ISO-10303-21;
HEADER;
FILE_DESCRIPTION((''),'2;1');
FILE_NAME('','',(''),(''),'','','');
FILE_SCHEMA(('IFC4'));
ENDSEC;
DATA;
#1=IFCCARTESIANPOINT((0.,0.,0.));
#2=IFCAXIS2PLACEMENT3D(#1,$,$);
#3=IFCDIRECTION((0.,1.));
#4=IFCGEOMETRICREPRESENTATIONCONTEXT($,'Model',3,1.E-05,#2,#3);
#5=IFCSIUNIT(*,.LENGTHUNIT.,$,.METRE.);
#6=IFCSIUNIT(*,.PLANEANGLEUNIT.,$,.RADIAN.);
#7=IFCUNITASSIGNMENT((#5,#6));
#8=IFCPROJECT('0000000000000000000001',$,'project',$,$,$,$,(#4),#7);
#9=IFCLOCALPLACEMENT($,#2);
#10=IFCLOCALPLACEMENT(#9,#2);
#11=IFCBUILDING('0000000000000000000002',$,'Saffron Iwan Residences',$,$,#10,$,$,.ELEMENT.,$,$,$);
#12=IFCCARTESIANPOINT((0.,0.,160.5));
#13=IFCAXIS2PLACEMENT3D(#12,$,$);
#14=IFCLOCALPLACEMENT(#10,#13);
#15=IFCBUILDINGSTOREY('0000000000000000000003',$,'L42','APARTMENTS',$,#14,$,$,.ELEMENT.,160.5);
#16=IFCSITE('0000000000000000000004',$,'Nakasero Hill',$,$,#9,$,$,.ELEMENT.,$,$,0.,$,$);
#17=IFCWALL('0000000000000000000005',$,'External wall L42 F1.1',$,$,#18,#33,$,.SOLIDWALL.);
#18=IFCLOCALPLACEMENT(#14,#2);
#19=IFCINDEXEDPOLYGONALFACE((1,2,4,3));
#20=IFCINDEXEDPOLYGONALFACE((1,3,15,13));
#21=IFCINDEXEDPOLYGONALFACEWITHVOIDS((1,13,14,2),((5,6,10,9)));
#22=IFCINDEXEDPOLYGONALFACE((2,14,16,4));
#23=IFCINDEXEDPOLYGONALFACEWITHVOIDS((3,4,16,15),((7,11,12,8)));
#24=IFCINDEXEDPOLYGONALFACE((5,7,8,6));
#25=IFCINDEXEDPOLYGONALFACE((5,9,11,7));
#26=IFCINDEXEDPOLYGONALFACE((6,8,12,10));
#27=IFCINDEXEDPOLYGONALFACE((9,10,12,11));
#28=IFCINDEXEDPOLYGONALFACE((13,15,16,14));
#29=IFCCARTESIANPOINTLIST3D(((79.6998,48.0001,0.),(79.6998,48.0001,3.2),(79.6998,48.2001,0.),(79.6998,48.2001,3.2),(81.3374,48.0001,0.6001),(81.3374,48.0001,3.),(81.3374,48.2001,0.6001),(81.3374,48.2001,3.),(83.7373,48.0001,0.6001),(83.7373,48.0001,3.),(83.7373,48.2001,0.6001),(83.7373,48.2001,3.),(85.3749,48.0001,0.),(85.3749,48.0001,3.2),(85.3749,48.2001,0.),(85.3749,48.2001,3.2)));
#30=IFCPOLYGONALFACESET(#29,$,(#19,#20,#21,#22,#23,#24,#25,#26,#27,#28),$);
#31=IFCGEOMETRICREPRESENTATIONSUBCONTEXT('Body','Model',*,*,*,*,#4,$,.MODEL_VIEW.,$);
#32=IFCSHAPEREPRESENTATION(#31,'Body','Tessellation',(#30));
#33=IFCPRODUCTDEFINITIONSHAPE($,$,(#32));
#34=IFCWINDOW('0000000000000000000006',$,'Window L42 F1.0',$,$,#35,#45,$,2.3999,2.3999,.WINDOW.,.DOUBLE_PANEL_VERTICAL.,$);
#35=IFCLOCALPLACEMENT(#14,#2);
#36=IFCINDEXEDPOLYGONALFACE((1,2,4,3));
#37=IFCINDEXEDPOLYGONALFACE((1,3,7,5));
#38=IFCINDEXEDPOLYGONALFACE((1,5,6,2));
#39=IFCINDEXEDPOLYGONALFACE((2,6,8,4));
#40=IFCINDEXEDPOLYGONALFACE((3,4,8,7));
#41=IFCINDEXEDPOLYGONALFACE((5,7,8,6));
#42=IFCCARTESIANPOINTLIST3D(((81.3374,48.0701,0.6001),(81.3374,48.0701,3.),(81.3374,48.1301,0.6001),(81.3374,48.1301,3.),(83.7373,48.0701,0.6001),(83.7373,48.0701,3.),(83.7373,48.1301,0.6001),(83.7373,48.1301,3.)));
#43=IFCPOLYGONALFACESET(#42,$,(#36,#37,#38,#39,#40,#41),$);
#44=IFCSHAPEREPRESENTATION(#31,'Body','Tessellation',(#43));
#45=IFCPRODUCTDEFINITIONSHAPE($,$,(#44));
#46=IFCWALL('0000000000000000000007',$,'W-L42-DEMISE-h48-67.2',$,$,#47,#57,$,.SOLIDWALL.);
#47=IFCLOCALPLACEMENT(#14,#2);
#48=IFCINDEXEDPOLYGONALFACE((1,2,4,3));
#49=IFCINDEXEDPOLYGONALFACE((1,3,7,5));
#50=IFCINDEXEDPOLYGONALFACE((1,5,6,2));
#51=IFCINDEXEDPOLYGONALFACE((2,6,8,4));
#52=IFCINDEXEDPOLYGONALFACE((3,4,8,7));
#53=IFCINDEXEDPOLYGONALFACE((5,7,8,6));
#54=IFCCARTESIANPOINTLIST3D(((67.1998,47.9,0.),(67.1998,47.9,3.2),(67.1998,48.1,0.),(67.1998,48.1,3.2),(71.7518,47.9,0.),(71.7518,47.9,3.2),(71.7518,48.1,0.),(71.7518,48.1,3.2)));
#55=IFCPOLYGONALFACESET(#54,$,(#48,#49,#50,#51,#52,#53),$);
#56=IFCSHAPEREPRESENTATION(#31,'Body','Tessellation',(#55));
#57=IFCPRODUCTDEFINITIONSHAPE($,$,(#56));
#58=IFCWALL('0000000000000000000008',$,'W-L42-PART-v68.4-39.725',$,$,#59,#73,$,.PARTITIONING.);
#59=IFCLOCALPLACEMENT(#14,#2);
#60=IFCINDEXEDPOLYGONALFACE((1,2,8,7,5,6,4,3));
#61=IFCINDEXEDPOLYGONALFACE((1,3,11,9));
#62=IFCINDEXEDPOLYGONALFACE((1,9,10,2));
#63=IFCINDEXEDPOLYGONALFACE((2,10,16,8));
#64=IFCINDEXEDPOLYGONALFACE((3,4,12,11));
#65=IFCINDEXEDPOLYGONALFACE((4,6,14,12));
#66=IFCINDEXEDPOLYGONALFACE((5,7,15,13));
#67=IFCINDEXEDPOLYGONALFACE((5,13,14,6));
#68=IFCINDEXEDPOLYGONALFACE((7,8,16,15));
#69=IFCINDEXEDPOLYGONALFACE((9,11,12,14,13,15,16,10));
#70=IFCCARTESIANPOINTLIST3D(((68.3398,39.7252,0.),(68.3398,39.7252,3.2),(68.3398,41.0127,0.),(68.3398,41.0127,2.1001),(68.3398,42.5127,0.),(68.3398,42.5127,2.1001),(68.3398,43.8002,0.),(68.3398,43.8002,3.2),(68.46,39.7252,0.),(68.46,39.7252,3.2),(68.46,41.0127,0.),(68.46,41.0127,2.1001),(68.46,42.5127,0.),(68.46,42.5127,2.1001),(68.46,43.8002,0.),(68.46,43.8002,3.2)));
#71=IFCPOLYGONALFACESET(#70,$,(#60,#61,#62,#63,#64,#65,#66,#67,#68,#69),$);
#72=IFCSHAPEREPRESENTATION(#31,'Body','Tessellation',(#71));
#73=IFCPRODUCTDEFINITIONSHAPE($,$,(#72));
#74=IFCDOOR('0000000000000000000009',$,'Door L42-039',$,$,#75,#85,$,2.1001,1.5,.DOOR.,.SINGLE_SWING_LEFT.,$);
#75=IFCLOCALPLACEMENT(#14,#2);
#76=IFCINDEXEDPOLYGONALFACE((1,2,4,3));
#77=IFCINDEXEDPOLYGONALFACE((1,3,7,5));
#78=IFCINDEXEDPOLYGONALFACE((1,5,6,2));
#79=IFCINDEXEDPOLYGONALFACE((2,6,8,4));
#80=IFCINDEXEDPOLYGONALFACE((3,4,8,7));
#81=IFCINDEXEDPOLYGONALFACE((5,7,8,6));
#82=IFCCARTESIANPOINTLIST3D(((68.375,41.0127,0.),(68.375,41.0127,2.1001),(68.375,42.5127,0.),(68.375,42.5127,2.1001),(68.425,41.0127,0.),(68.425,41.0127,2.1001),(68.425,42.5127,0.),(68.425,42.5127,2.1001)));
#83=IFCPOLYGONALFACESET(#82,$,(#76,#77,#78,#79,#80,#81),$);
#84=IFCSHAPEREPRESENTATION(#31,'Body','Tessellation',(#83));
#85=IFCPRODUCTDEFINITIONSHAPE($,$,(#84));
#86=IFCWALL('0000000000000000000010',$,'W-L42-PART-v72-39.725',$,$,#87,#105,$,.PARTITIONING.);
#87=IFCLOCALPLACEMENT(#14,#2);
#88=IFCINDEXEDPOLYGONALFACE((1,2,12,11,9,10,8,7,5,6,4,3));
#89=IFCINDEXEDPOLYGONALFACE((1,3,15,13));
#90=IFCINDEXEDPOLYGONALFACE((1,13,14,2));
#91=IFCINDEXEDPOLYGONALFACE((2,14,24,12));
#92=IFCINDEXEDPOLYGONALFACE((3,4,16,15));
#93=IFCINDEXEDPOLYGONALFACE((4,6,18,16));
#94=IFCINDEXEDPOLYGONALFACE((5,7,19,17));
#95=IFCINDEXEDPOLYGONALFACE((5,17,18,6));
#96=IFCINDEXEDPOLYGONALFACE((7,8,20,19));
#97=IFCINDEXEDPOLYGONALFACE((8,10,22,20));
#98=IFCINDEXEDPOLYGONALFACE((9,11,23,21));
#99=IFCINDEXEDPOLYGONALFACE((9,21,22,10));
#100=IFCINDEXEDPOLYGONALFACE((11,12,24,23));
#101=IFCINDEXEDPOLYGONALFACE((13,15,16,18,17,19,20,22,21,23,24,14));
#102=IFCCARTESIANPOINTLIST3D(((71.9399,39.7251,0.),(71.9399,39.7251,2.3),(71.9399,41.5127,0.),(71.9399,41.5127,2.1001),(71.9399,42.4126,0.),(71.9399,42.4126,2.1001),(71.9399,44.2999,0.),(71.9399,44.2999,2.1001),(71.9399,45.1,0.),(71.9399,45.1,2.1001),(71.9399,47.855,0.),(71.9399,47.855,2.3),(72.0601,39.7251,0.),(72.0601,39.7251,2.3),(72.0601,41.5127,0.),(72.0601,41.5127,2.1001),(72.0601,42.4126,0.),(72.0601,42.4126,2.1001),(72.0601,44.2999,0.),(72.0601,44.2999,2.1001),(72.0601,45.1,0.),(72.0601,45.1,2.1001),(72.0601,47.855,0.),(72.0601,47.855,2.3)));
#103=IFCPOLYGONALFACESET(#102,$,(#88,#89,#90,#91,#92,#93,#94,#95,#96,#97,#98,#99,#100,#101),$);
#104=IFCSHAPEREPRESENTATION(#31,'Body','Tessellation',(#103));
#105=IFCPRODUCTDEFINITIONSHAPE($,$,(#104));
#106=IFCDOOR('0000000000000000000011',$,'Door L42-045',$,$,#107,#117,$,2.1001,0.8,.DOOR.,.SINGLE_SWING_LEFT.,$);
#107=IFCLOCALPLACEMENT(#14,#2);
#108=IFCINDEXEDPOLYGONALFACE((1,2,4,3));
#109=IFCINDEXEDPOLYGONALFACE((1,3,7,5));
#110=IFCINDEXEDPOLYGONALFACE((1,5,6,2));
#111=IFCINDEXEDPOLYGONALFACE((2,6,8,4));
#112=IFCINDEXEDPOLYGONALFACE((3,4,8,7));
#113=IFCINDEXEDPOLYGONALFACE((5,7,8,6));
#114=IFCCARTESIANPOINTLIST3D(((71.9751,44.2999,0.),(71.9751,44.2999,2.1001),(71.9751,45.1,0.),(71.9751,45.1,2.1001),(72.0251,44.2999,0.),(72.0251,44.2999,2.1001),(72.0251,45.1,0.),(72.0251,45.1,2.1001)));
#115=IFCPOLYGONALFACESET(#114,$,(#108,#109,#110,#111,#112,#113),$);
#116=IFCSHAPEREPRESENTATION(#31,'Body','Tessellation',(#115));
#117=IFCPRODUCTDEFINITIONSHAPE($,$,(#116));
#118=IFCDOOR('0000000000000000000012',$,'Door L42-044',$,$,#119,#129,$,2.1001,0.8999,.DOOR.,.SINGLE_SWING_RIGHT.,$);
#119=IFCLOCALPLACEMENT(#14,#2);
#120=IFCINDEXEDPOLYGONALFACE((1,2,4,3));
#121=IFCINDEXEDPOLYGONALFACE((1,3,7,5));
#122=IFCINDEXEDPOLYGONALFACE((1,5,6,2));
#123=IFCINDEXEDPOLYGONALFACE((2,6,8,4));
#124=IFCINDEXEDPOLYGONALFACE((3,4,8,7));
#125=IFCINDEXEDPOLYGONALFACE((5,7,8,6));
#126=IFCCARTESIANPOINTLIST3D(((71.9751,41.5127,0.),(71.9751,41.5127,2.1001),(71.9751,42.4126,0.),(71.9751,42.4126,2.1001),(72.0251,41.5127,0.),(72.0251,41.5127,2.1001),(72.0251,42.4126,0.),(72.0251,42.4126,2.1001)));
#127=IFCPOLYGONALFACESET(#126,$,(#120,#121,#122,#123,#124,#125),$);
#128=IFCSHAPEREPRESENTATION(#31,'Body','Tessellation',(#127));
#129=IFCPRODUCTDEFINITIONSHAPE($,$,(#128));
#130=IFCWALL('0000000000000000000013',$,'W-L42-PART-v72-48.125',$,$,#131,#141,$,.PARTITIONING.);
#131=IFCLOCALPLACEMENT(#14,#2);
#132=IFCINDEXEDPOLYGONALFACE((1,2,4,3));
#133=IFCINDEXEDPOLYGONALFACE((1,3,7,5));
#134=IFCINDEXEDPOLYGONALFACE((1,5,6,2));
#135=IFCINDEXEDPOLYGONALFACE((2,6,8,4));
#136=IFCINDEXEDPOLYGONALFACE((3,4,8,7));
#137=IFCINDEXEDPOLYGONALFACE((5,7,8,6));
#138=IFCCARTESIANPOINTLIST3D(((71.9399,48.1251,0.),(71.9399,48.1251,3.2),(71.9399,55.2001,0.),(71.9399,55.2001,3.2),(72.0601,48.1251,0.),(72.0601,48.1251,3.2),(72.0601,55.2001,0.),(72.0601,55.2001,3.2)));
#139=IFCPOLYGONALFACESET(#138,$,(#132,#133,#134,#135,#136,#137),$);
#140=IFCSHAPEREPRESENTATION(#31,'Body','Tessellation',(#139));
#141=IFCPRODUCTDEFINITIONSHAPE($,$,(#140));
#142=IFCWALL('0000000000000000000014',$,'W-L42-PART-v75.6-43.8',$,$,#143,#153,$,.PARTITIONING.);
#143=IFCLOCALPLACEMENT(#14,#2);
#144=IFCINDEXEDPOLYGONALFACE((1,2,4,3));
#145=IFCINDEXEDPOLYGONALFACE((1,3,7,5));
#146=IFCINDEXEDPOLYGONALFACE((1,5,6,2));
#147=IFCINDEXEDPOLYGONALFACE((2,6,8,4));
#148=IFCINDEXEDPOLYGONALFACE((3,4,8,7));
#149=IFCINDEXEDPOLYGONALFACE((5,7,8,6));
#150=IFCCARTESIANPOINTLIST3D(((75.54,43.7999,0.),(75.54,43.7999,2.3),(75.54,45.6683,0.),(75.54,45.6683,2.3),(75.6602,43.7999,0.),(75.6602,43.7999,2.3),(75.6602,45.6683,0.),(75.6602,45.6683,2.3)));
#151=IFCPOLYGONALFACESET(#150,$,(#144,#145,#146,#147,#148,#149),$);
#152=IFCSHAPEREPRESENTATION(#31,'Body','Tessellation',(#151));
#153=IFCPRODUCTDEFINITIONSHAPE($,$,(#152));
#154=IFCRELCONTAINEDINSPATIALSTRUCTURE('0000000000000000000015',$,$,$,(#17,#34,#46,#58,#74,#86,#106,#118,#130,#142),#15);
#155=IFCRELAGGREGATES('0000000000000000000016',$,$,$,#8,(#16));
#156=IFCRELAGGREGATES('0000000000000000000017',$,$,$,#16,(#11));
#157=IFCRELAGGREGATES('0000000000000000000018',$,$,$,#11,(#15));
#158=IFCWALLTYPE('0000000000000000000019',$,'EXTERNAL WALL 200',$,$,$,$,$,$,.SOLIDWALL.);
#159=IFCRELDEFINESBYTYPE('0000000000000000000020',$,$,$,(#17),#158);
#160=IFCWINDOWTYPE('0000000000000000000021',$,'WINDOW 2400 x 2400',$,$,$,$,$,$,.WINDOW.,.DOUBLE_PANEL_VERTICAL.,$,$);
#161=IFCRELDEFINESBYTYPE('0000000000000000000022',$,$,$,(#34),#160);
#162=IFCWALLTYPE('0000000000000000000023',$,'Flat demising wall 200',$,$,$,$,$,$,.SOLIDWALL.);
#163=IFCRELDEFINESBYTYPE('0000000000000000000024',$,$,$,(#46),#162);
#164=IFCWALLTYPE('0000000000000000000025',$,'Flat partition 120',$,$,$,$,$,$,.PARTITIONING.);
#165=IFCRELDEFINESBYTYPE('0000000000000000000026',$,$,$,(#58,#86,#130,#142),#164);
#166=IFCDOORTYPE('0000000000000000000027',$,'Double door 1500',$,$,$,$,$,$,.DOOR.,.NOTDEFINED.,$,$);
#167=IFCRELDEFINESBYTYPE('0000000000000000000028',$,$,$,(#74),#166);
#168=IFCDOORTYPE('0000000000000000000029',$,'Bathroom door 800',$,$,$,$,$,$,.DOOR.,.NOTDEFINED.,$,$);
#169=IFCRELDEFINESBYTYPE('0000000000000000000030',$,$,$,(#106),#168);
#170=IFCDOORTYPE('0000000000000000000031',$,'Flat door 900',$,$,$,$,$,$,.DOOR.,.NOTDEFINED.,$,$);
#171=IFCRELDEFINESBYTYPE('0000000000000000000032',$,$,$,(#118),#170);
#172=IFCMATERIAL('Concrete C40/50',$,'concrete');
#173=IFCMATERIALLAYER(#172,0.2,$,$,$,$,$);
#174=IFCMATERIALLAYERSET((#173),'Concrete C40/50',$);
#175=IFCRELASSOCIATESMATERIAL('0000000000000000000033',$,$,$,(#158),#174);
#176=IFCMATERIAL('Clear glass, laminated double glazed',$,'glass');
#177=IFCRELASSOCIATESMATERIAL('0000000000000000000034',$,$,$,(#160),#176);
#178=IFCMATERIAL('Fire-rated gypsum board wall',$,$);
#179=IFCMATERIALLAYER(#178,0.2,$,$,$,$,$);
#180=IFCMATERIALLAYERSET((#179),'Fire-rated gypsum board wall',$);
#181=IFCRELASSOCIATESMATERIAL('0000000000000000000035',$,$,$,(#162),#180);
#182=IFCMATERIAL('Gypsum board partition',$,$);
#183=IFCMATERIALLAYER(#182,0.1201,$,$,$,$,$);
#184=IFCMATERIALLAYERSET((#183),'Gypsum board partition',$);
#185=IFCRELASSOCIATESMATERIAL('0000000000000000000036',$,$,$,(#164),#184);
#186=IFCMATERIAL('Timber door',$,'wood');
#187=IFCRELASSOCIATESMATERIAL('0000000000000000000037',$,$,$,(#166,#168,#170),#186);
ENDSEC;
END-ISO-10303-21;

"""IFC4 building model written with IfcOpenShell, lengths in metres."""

from ifc_helpers import new_model, si_unit, direction, frame, frame_2d, origin, place, context, subcontext, project, spatial, rectangle, extrude, material, layer, layer_set, type_object, element, fill, save


model = new_model("IFC4")

# Units and contexts
model_context = context("Model", 3, precision=1e-05, world=origin(), true_north=direction((0.0, 1.0)))
body_context = subcontext(model_context, "Body", "Model", "MODEL_VIEW")
ifc_project = project(units=[si_unit("LENGTHUNIT", "METRE"), si_unit("PLANEANGLEUNIT", "RADIAN")], contexts=[model_context])

# Site, building, storey
site_placement = place(None, origin())
site = spatial("IfcSite", under=ifc_project, at=site_placement, Name="Nakasero Hill", CompositionType="ELEMENT", RefElevation=0.0)
building_placement = place(site_placement, origin())
building = spatial("IfcBuilding", under=site, at=building_placement, Name="Saffron Iwan Residences", CompositionType="ELEMENT")
storey_placement = place(building_placement, frame((0.0, 0.0, 160.5)))
storey = spatial("IfcBuildingStorey", under=building, at=storey_placement, Name="L42", Description="APARTMENTS", CompositionType="ELEMENT", Elevation=160.5)

# Shared definitions
ifc_material_1 = material(Name="Concrete C40/50", Category="concrete")
ifc_layer_1 = layer(ifc_material_1, 0.2)
ifc_layer_set_1 = layer_set([ifc_layer_1], Name="Concrete C40/50")
wall_type_1 = type_object("IfcWallType", Name="EXTERNAL WALL 200", PredefinedType="SOLIDWALL", material=ifc_layer_set_1)
ifc_material_2 = material(Name="Clear glass, laminated double glazed", Category="glass")

# Wall, opening, window
wall_1_placement = place(storey_placement, frame((79.7, 48.1001, 0.0), z_axis=(0.0, 0.0, 1.0), x_axis=(1.0, 0.0, 0.0)))
wall_1 = element("IfcWall", 1, at=wall_1_placement, inside=storey, type_object=wall_type_1, Name="External wall L42 F1.1", PredefinedType="SOLIDWALL", context=body_context, shape_type="SweptSolid", body=[
    extrude(rectangle(XDim=5.675, YDim=0.2, at=frame_2d((2.8374, 0.0))), origin(), (0.0, 0.0, 1.0), 3.2),
])
opening_1_placement = place(wall_1_placement, frame((1.6375, 0.0, 0.6001)))
opening_1 = element("IfcOpeningElement", 2, at=opening_1_placement, cuts=wall_1, PredefinedType="OPENING", context=body_context, shape_type="SweptSolid", body=[
    extrude(rectangle(XDim=2.3999, YDim=2.3999, at=frame_2d((1.2, 1.2))), frame((0.0, 0.1099, 0.0), z_axis=(0.0, -1.0, 0.0), x_axis=(1.0, 0.0, 0.0)), (0.0, 0.0, 1.0), 0.22),
])
window_type_1 = type_object("IfcWindowType", Name="WINDOW 2400 x 2400", PartitioningType="DOUBLE_PANEL_VERTICAL", PredefinedType="WINDOW", material=ifc_material_2)
window_1_placement = place(opening_1_placement, origin())
window_1 = element("IfcWindow", 3, at=window_1_placement, inside=storey, type_object=window_type_1, Name="Window L42 F1.0", OverallHeight=2.3999, OverallWidth=2.3999, PartitioningType="DOUBLE_PANEL_VERTICAL", PredefinedType="WINDOW", context=body_context, shape_type="SweptSolid", body=[
    extrude(rectangle(XDim=2.3999, YDim=2.3999, at=frame_2d((1.2, 1.2))), frame((0.0, 0.03, 0.0), z_axis=(0.0, -1.0, 0.0), x_axis=(1.0, 0.0, 0.0)), (0.0, 0.0, 1.0), 0.0601),
])
fill(opening_1, window_1)

# Wall
ifc_material_3 = material(Name="Fire-rated gypsum board wall")
ifc_layer_2 = layer(ifc_material_3, 0.2)
ifc_layer_set_2 = layer_set([ifc_layer_2], Name="Fire-rated gypsum board wall")
wall_type_2 = type_object("IfcWallType", Name="Flat demising wall 200", PredefinedType="SOLIDWALL", material=ifc_layer_set_2)
wall_2_placement = place(storey_placement, frame((67.2, 48.0, 0.0), z_axis=(0.0, 0.0, 1.0), x_axis=(1.0, 0.0, 0.0)))
element("IfcWall", 4, at=wall_2_placement, inside=storey, type_object=wall_type_2, Name="W-L42-DEMISE-h48-67.2", PredefinedType="SOLIDWALL", context=body_context, shape_type="SweptSolid", body=[
    extrude(rectangle(XDim=4.552, YDim=0.2, at=frame_2d((2.2759, 0.0))), origin(), (0.0, 0.0, 1.0), 3.2),
])

# Wall, opening, door
ifc_material_4 = material(Name="Gypsum board partition")
ifc_layer_3 = layer(ifc_material_4, 0.1201)
ifc_layer_set_3 = layer_set([ifc_layer_3], Name="Gypsum board partition")
wall_type_3 = type_object("IfcWallType", Name="Flat partition 120", PredefinedType="PARTITIONING", material=ifc_layer_set_3)
wall_3_placement = place(storey_placement, frame((68.3999, 39.7251, 0.0), z_axis=(0.0, 0.0, 1.0), x_axis=(0.0, 1.0, 0.0)))
wall_3 = element("IfcWall", 5, at=wall_3_placement, inside=storey, type_object=wall_type_3, Name="W-L42-PART-v68.4-39.725", PredefinedType="PARTITIONING", context=body_context, shape_type="SweptSolid", body=[
    extrude(rectangle(XDim=4.075, YDim=0.1201, at=frame_2d((2.0376, 0.0))), origin(), (0.0, 0.0, 1.0), 3.2),
])
opening_2_placement = place(wall_3_placement, frame((1.2876, 0.0, 0.0)))
opening_2 = element("IfcOpeningElement", 6, at=opening_2_placement, cuts=wall_3, PredefinedType="OPENING", context=body_context, shape_type="SweptSolid", body=[
    extrude(rectangle(XDim=1.5, YDim=2.1001, at=frame_2d((0.75, 1.05))), frame((0.0, 0.0701, 0.0), z_axis=(0.0, -1.0, 0.0), x_axis=(1.0, 0.0, 0.0)), (0.0, 0.0, 1.0), 0.1401),
])
ifc_material_5 = material(Name="Timber door", Category="wood")
door_type_1 = type_object("IfcDoorType", Name="Double door 1500", OperationType="NOTDEFINED", PredefinedType="DOOR", material=ifc_material_5)
door_1_placement = place(opening_2_placement, origin())
door_1 = element("IfcDoor", 7, at=door_1_placement, inside=storey, type_object=door_type_1, Name="Door L42-039", OperationType="SINGLE_SWING_LEFT", OverallHeight=2.1001, OverallWidth=1.5, PredefinedType="DOOR", context=body_context, shape_type="SweptSolid", body=[
    extrude(rectangle(XDim=1.5, YDim=2.1001, at=frame_2d((0.75, 1.05))), frame((0.0, 0.0249, 0.0), z_axis=(0.0, -1.0, 0.0), x_axis=(1.0, 0.0, 0.0)), (0.0, 0.0, 1.0), 0.05),
])
fill(opening_2, door_1)

# Wall, openings, doors
wall_4_placement = place(storey_placement, frame((72.0, 39.7251, 0.0), z_axis=(0.0, 0.0, 1.0), x_axis=(0.0, 1.0, 0.0)))
wall_4 = element("IfcWall", 8, at=wall_4_placement, inside=storey, type_object=wall_type_3, Name="W-L42-PART-v72-39.725", PredefinedType="PARTITIONING", context=body_context, shape_type="SweptSolid", body=[
    extrude(rectangle(XDim=8.1299, YDim=0.1201, at=frame_2d((4.0649, 0.0))), origin(), (0.0, 0.0, 1.0), 2.3),
])
opening_3_placement = place(wall_4_placement, frame((1.7876, 0.0, 0.0)))
opening_3 = element("IfcOpeningElement", 9, at=opening_3_placement, cuts=wall_4, PredefinedType="OPENING", context=body_context, shape_type="SweptSolid", body=[
    extrude(rectangle(XDim=0.8999, YDim=2.1001, at=frame_2d((0.45, 1.05))), frame((0.0, 0.0701, 0.0), z_axis=(0.0, -1.0, 0.0), x_axis=(1.0, 0.0, 0.0)), (0.0, 0.0, 1.0), 0.1401),
])
opening_4_placement = place(wall_4_placement, frame((4.575, 0.0, 0.0)))
opening_4 = element("IfcOpeningElement", 10, at=opening_4_placement, cuts=wall_4, PredefinedType="OPENING", context=body_context, shape_type="SweptSolid", body=[
    extrude(rectangle(XDim=0.8, YDim=2.1001, at=frame_2d((0.3999, 1.05))), frame((0.0, 0.0701, 0.0), z_axis=(0.0, -1.0, 0.0), x_axis=(1.0, 0.0, 0.0)), (0.0, 0.0, 1.0), 0.1401),
])
door_type_2 = type_object("IfcDoorType", Name="Bathroom door 800", OperationType="NOTDEFINED", PredefinedType="DOOR", material=ifc_material_5)
door_2_placement = place(opening_4_placement, origin())
door_2 = element("IfcDoor", 11, at=door_2_placement, inside=storey, type_object=door_type_2, Name="Door L42-045", OperationType="SINGLE_SWING_LEFT", OverallHeight=2.1001, OverallWidth=0.8, PredefinedType="DOOR", context=body_context, shape_type="SweptSolid", body=[
    extrude(rectangle(XDim=0.8, YDim=2.1001, at=frame_2d((0.3999, 1.05))), frame((0.0, 0.0249, 0.0), z_axis=(0.0, -1.0, 0.0), x_axis=(1.0, 0.0, 0.0)), (0.0, 0.0, 1.0), 0.05),
])
fill(opening_4, door_2)
door_type_3 = type_object("IfcDoorType", Name="Flat door 900", OperationType="NOTDEFINED", PredefinedType="DOOR", material=ifc_material_5)
door_3_placement = place(opening_3_placement, origin())
door_3 = element("IfcDoor", 12, at=door_3_placement, inside=storey, type_object=door_type_3, Name="Door L42-044", OperationType="SINGLE_SWING_RIGHT", OverallHeight=2.1001, OverallWidth=0.8999, PredefinedType="DOOR", context=body_context, shape_type="SweptSolid", body=[
    extrude(rectangle(XDim=0.8999, YDim=2.1001, at=frame_2d((0.45, 1.05))), frame((0.0, 0.0249, 0.0), z_axis=(0.0, -1.0, 0.0), x_axis=(1.0, 0.0, 0.0)), (0.0, 0.0, 1.0), 0.05),
])
fill(opening_3, door_3)

# Walls
wall_5_placement = place(storey_placement, frame((72.0, 48.125, 0.0), z_axis=(0.0, 0.0, 1.0), x_axis=(0.0, 1.0, 0.0)))
element("IfcWall", 13, at=wall_5_placement, inside=storey, type_object=wall_type_3, Name="W-L42-PART-v72-48.125", PredefinedType="PARTITIONING", context=body_context, shape_type="SweptSolid", body=[
    extrude(rectangle(XDim=7.075, YDim=0.1201, at=frame_2d((3.5376, 0.0))), origin(), (0.0, 0.0, 1.0), 3.2),
])
wall_6_placement = place(storey_placement, frame((75.6001, 43.8, 0.0), z_axis=(0.0, 0.0, 1.0), x_axis=(0.0, 1.0, 0.0)))
element("IfcWall", 14, at=wall_6_placement, inside=storey, type_object=wall_type_3, Name="W-L42-PART-v75.6-43.8", PredefinedType="PARTITIONING", context=body_context, shape_type="SweptSolid", body=[
    extrude(rectangle(XDim=1.8684, YDim=0.1201, at=frame_2d((0.9341, 0.0))), origin(), (0.0, 0.0, 1.0), 2.3),
])

save(model, "model.ifc")
